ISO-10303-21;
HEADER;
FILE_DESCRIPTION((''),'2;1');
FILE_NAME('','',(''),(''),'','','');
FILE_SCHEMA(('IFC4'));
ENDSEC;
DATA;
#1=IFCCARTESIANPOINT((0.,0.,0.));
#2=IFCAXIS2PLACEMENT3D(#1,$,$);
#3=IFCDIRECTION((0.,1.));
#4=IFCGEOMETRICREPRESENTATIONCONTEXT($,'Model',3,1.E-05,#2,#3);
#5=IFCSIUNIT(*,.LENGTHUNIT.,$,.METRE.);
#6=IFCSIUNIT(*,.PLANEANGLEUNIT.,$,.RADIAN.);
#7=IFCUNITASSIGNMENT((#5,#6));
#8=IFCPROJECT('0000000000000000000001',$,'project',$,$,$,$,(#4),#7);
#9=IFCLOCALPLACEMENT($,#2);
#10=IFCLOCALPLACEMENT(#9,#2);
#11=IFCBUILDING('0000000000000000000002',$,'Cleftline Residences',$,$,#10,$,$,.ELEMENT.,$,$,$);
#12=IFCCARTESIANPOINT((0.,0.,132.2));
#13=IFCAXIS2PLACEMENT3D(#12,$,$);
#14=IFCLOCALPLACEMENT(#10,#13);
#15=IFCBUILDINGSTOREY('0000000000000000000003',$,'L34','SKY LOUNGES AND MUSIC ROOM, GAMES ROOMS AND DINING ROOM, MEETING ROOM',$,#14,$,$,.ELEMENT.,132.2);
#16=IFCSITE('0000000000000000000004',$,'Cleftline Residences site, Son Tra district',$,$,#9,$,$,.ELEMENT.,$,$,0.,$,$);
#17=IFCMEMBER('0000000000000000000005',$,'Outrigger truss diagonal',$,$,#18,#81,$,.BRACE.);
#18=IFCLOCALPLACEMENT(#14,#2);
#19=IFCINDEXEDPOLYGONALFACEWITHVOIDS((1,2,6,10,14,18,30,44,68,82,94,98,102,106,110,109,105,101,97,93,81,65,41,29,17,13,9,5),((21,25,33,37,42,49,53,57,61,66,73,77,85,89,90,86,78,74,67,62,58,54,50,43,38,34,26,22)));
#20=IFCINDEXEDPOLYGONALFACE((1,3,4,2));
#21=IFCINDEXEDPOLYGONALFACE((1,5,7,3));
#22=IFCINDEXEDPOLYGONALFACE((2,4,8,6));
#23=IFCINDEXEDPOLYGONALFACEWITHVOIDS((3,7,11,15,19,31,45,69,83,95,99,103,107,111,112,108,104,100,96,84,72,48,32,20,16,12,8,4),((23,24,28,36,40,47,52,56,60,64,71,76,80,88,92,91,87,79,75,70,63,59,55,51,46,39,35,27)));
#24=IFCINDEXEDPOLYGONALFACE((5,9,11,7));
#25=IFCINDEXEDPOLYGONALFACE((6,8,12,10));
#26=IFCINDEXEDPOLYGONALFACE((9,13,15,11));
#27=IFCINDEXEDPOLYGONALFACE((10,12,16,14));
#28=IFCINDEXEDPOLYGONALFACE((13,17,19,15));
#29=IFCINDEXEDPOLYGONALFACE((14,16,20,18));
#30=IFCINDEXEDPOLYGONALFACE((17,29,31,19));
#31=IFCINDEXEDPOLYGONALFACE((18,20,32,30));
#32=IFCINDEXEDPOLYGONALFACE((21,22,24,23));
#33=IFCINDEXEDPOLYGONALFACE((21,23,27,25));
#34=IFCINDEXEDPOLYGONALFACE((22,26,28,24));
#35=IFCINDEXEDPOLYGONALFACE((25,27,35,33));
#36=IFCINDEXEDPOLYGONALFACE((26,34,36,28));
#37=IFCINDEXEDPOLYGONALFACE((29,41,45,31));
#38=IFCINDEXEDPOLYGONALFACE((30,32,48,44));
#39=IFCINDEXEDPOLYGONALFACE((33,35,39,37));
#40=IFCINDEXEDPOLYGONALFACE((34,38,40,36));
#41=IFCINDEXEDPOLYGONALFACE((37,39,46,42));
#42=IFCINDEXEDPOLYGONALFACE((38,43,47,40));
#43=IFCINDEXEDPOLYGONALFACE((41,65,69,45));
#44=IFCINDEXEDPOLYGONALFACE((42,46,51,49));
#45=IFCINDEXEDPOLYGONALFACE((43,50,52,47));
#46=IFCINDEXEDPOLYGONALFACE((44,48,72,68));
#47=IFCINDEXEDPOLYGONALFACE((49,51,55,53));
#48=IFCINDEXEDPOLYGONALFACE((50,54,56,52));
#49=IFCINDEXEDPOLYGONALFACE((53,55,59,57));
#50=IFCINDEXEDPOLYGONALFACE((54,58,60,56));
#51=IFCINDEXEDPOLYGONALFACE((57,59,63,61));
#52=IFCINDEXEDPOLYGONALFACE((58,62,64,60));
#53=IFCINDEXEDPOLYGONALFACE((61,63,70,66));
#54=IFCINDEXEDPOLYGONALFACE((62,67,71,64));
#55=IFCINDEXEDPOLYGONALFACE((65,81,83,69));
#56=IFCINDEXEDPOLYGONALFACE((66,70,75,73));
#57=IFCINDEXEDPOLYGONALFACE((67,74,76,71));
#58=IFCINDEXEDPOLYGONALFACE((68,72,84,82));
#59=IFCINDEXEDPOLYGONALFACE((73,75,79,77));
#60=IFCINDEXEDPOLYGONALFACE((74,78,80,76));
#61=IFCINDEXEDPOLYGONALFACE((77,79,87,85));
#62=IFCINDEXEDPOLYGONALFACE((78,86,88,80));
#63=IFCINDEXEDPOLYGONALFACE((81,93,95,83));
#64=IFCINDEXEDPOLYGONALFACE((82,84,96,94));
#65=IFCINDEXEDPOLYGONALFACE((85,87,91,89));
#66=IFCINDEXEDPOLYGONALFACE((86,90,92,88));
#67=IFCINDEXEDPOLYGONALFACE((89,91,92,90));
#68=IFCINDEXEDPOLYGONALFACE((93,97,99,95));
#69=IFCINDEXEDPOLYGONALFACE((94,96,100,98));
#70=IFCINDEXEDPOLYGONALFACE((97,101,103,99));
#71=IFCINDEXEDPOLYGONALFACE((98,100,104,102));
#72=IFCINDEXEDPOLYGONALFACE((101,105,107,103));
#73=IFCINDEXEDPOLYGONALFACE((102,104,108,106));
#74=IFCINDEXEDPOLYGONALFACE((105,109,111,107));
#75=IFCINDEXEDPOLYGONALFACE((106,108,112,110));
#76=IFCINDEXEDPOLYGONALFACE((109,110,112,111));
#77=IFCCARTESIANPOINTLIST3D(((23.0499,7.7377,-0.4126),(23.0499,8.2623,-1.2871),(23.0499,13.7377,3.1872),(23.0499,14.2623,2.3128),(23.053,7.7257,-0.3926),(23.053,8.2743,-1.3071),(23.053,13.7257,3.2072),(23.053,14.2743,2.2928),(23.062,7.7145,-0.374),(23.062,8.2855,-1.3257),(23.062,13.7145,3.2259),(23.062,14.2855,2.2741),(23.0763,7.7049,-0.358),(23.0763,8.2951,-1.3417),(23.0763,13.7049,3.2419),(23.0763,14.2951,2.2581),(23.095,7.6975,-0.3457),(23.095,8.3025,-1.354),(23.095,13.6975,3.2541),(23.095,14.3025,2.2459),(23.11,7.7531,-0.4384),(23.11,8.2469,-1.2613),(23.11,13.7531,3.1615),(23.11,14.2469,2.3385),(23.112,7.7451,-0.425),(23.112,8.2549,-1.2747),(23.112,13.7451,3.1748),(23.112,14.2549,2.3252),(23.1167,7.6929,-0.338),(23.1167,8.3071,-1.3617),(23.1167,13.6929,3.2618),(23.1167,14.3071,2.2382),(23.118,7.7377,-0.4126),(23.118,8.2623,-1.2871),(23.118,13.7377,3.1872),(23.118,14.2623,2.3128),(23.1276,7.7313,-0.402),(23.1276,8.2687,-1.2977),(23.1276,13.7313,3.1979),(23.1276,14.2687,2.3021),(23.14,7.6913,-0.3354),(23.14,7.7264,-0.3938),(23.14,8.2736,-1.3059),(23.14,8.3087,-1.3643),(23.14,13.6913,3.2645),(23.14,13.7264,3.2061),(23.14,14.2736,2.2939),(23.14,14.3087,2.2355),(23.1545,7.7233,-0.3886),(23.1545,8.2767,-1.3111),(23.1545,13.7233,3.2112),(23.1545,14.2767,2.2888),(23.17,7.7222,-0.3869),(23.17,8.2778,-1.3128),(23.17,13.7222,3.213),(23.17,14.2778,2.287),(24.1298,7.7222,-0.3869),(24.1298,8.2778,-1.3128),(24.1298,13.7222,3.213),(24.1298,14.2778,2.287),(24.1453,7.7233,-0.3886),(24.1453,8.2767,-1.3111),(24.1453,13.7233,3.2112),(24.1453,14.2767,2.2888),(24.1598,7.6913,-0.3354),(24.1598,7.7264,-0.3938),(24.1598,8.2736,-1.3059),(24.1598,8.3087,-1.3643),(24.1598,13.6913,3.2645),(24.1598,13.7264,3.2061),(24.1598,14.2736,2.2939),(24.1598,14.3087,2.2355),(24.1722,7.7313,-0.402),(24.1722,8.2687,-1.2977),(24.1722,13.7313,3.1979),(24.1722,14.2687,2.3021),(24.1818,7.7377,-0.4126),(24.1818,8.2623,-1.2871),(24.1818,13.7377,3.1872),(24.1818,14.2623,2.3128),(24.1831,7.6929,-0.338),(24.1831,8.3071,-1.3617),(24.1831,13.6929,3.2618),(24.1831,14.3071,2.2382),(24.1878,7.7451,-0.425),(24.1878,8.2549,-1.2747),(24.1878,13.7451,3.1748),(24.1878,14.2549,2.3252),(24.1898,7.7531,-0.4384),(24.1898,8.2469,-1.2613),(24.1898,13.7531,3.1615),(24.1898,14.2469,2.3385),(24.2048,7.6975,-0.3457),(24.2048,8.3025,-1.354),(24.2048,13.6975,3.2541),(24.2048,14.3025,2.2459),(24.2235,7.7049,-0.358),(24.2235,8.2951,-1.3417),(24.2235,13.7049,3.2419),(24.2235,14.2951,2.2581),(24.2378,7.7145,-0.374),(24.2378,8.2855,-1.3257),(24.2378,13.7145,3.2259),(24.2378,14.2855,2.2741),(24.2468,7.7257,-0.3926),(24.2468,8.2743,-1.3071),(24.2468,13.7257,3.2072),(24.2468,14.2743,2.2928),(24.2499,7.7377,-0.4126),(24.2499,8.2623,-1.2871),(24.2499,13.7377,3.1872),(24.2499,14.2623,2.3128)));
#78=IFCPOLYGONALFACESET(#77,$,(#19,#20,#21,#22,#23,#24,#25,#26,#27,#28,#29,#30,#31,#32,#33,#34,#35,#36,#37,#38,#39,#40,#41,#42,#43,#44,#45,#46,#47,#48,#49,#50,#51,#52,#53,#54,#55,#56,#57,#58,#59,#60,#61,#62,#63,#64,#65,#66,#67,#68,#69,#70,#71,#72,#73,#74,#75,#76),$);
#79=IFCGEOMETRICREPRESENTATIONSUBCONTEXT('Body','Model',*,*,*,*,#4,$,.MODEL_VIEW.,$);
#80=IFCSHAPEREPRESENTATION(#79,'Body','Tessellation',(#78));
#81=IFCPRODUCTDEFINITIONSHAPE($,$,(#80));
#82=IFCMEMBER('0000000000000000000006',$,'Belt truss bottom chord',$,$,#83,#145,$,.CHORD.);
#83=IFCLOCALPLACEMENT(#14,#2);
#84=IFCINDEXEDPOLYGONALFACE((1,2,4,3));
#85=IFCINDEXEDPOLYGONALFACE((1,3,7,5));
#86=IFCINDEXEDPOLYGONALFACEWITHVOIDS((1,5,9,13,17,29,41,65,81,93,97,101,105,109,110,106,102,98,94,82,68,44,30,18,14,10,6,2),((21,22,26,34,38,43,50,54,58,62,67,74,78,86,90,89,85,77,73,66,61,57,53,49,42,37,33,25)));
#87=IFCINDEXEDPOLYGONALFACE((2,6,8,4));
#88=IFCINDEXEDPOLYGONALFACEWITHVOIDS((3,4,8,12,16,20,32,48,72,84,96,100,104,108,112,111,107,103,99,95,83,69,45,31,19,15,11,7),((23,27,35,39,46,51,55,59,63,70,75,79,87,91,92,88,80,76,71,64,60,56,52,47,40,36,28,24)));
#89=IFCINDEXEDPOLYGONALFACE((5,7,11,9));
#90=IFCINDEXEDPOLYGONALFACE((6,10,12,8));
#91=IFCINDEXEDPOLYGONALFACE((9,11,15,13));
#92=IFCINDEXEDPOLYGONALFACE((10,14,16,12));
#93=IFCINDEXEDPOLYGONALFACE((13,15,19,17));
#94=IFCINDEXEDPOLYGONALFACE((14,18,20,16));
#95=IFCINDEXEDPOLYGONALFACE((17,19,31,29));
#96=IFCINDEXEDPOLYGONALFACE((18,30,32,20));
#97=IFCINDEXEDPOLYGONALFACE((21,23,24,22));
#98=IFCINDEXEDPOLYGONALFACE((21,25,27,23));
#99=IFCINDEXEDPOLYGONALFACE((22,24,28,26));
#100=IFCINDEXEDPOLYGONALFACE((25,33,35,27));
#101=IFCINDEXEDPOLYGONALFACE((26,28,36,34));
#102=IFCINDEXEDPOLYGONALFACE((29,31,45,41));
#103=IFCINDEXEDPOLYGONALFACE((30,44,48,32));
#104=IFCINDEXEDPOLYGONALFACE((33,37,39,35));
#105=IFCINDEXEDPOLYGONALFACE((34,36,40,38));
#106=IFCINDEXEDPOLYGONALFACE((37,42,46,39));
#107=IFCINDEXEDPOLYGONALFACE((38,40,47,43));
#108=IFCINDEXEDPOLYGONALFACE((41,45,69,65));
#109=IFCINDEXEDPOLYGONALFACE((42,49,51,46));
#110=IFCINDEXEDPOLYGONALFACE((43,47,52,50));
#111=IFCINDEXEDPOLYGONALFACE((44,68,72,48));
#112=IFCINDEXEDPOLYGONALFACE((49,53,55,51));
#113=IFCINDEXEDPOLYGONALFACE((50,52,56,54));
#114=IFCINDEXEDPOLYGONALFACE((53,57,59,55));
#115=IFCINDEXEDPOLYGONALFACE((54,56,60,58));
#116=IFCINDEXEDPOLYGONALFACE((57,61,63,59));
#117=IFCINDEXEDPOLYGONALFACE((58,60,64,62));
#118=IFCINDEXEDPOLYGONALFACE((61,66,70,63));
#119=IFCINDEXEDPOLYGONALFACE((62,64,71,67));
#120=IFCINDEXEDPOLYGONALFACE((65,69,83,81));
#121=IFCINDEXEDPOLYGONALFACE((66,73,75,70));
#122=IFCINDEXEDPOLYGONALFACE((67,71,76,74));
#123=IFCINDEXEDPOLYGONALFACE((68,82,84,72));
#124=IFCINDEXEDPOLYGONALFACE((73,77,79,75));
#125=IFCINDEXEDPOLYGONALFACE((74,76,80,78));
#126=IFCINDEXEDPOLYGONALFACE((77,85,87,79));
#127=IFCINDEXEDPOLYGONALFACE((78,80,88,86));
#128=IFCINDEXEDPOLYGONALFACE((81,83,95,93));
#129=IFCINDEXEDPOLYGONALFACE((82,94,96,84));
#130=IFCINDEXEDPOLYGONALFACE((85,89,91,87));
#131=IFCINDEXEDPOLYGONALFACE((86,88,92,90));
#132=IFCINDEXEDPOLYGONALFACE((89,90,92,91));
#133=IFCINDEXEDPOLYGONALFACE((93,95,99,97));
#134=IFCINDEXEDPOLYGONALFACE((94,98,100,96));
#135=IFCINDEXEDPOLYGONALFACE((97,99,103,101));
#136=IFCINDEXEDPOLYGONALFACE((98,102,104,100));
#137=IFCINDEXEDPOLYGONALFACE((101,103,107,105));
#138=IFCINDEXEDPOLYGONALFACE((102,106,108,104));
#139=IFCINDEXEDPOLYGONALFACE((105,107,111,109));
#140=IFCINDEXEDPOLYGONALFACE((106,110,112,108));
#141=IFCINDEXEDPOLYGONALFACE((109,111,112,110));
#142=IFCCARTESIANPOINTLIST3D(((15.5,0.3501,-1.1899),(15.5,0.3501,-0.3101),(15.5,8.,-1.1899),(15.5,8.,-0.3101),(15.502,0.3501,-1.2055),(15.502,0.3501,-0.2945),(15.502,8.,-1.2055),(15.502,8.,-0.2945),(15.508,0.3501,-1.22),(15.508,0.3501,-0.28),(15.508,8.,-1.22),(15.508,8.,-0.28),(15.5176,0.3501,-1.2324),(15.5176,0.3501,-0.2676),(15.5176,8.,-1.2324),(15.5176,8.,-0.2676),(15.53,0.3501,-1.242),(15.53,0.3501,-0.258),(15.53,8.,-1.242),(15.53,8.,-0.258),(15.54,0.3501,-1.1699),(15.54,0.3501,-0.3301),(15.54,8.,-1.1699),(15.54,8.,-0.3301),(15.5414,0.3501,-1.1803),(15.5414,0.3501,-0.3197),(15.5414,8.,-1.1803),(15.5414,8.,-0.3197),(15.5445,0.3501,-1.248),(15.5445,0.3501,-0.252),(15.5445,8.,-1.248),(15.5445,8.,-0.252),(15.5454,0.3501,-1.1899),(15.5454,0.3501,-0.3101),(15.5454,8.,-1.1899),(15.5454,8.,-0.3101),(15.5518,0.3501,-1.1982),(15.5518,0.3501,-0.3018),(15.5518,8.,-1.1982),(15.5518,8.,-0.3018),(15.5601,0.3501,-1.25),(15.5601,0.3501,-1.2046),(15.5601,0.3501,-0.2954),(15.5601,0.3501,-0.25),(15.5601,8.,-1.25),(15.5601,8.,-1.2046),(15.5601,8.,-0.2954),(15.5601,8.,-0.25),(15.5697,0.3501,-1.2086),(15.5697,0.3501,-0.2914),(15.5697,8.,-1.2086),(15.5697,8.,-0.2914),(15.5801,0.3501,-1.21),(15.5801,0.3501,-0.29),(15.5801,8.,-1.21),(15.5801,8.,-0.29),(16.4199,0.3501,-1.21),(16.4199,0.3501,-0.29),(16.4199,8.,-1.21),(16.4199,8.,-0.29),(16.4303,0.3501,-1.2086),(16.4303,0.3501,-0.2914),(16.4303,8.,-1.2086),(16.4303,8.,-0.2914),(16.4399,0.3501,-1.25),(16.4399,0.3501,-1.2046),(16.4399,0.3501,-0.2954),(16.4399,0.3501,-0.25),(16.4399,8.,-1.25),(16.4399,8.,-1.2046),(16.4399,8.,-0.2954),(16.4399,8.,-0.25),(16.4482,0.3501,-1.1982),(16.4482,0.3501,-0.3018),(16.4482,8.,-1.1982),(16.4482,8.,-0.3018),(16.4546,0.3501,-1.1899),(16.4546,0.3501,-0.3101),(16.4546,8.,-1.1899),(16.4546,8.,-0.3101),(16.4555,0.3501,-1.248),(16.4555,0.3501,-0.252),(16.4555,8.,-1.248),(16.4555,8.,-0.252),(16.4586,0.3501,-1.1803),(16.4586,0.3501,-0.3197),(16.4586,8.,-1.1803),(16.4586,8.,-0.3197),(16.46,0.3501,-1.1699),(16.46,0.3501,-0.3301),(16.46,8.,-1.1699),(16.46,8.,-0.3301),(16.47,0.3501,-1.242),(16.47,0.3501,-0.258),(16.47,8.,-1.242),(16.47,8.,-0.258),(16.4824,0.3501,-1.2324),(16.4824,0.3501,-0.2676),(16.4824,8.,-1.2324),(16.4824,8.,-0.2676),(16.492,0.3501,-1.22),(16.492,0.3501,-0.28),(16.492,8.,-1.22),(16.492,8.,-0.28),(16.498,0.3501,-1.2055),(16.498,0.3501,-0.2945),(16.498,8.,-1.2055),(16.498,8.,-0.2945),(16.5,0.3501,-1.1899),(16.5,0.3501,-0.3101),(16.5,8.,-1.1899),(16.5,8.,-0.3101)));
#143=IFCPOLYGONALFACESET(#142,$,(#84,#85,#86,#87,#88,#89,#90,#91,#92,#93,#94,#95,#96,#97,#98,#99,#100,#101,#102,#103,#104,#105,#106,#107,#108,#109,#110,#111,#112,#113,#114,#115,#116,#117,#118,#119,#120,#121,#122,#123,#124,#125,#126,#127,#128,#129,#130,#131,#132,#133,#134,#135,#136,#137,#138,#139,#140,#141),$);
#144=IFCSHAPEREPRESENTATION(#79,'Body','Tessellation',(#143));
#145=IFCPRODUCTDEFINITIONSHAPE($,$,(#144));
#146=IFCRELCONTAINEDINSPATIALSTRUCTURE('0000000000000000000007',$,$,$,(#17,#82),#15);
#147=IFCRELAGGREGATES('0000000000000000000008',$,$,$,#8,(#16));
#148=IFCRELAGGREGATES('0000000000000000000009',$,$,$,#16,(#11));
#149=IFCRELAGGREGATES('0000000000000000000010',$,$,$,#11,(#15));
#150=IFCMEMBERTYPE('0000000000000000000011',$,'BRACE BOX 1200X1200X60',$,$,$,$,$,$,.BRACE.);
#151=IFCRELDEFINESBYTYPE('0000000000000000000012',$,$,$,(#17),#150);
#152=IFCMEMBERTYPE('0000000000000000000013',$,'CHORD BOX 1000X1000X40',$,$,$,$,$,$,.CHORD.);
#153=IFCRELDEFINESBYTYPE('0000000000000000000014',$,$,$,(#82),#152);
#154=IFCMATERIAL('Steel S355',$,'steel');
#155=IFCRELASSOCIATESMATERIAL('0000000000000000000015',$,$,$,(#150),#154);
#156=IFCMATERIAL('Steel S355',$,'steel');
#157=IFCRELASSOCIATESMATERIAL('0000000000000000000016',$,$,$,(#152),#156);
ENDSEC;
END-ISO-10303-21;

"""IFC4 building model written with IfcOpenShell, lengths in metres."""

from ifc_helpers import new_model, si_unit, direction, frame, origin, origin_2d, place, context, subcontext, project, spatial, hollow_rectangle, extrude, material, material_profile, profile_set, type_object, element, save


model = new_model("IFC4")

# Units and contexts
model_context = context("Model", 3, precision=1e-05, world=origin(), true_north=direction((0.0, 1.0)))
body_context = subcontext(model_context, "Body", "Model", "MODEL_VIEW")
ifc_project = project(units=[si_unit("LENGTHUNIT", "METRE"), si_unit("PLANEANGLEUNIT", "RADIAN")], contexts=[model_context])

# Site, building, storey
site_placement = place(None, origin())
site = spatial("IfcSite", under=ifc_project, at=site_placement, Name="Cleftline Residences site, Son Tra district", CompositionType="ELEMENT", RefElevation=0.0)
building_placement = place(site_placement, origin())
building = spatial("IfcBuilding", under=site, at=building_placement, Name="Cleftline Residences", CompositionType="ELEMENT")
storey_placement = place(building_placement, frame((0.0, 0.0, 132.2)))
storey = spatial("IfcBuildingStorey", under=building, at=storey_placement, Name="L34", Description="SKY LOUNGES AND MUSIC ROOM, GAMES ROOMS AND DINING ROOM, MEETING ROOM", CompositionType="ELEMENT", Elevation=132.2)

# Members
ifc_material_1 = material(Name="Steel S355", Category="steel")
ifc_material_profile_1 = material_profile(ifc_material_1, hollow_rectangle(XDim=1.2, YDim=1.2, WallThickness=0.0601, InnerFilletRadius=0.0601, OuterFilletRadius=0.0901, at=origin_2d()))
ifc_profile_set_1 = profile_set([ifc_material_profile_1], Name="Steel S355")
member_type_1 = type_object("IfcMemberType", Name="BRACE BOX 1200X1200X60", PredefinedType="BRACE", material=ifc_profile_set_1)
member_1_placement = place(storey_placement, frame((23.6499, 8.0, -0.8499), z_axis=(0.0, 0.857502, 0.51448), x_axis=(0.0, -0.51448, 0.857502)))
element("IfcMember", 1, at=member_1_placement, inside=storey, type_object=member_type_1, Name="Outrigger truss diagonal", PredefinedType="BRACE", context=body_context, shape_type="SweptSolid", body=[
    extrude(hollow_rectangle(XDim=1.2, YDim=1.2, WallThickness=0.0601, InnerFilletRadius=0.0601, OuterFilletRadius=0.0901, at=origin_2d()), origin(), (0.0, 0.0, 1.0), 6.9971),
])
ifc_material_2 = material(Name="Steel S355", Category="steel")
ifc_material_profile_2 = material_profile(ifc_material_2, hollow_rectangle(XDim=1.0, YDim=1.0, WallThickness=0.04, InnerFilletRadius=0.04, OuterFilletRadius=0.0601, at=origin_2d()))
ifc_profile_set_2 = profile_set([ifc_material_profile_2], Name="Steel S355")
member_type_2 = type_object("IfcMemberType", Name="CHORD BOX 1000X1000X40", PredefinedType="CHORD", material=ifc_profile_set_2)
for number, where, z_axis, x_axis, name in (
    (2, (16.0, 0.3501, -0.75), (0.0, 1.0, 0.0), (-1.0, 0.0, 0.0), "Belt truss bottom chord"),
):
    element("IfcMember", number, at=place(storey_placement, frame(where, z_axis=z_axis, x_axis=x_axis)), inside=storey, type_object=member_type_2, Name=name, PredefinedType="CHORD", context=body_context, shape_type="SweptSolid", body=[
        extrude(hollow_rectangle(XDim=1.0, YDim=1.0, WallThickness=0.04, InnerFilletRadius=0.04, OuterFilletRadius=0.0601, at=origin_2d()), origin(), (0.0, 0.0, 1.0), 7.6499),
    ])

save(model, "model.ifc")
